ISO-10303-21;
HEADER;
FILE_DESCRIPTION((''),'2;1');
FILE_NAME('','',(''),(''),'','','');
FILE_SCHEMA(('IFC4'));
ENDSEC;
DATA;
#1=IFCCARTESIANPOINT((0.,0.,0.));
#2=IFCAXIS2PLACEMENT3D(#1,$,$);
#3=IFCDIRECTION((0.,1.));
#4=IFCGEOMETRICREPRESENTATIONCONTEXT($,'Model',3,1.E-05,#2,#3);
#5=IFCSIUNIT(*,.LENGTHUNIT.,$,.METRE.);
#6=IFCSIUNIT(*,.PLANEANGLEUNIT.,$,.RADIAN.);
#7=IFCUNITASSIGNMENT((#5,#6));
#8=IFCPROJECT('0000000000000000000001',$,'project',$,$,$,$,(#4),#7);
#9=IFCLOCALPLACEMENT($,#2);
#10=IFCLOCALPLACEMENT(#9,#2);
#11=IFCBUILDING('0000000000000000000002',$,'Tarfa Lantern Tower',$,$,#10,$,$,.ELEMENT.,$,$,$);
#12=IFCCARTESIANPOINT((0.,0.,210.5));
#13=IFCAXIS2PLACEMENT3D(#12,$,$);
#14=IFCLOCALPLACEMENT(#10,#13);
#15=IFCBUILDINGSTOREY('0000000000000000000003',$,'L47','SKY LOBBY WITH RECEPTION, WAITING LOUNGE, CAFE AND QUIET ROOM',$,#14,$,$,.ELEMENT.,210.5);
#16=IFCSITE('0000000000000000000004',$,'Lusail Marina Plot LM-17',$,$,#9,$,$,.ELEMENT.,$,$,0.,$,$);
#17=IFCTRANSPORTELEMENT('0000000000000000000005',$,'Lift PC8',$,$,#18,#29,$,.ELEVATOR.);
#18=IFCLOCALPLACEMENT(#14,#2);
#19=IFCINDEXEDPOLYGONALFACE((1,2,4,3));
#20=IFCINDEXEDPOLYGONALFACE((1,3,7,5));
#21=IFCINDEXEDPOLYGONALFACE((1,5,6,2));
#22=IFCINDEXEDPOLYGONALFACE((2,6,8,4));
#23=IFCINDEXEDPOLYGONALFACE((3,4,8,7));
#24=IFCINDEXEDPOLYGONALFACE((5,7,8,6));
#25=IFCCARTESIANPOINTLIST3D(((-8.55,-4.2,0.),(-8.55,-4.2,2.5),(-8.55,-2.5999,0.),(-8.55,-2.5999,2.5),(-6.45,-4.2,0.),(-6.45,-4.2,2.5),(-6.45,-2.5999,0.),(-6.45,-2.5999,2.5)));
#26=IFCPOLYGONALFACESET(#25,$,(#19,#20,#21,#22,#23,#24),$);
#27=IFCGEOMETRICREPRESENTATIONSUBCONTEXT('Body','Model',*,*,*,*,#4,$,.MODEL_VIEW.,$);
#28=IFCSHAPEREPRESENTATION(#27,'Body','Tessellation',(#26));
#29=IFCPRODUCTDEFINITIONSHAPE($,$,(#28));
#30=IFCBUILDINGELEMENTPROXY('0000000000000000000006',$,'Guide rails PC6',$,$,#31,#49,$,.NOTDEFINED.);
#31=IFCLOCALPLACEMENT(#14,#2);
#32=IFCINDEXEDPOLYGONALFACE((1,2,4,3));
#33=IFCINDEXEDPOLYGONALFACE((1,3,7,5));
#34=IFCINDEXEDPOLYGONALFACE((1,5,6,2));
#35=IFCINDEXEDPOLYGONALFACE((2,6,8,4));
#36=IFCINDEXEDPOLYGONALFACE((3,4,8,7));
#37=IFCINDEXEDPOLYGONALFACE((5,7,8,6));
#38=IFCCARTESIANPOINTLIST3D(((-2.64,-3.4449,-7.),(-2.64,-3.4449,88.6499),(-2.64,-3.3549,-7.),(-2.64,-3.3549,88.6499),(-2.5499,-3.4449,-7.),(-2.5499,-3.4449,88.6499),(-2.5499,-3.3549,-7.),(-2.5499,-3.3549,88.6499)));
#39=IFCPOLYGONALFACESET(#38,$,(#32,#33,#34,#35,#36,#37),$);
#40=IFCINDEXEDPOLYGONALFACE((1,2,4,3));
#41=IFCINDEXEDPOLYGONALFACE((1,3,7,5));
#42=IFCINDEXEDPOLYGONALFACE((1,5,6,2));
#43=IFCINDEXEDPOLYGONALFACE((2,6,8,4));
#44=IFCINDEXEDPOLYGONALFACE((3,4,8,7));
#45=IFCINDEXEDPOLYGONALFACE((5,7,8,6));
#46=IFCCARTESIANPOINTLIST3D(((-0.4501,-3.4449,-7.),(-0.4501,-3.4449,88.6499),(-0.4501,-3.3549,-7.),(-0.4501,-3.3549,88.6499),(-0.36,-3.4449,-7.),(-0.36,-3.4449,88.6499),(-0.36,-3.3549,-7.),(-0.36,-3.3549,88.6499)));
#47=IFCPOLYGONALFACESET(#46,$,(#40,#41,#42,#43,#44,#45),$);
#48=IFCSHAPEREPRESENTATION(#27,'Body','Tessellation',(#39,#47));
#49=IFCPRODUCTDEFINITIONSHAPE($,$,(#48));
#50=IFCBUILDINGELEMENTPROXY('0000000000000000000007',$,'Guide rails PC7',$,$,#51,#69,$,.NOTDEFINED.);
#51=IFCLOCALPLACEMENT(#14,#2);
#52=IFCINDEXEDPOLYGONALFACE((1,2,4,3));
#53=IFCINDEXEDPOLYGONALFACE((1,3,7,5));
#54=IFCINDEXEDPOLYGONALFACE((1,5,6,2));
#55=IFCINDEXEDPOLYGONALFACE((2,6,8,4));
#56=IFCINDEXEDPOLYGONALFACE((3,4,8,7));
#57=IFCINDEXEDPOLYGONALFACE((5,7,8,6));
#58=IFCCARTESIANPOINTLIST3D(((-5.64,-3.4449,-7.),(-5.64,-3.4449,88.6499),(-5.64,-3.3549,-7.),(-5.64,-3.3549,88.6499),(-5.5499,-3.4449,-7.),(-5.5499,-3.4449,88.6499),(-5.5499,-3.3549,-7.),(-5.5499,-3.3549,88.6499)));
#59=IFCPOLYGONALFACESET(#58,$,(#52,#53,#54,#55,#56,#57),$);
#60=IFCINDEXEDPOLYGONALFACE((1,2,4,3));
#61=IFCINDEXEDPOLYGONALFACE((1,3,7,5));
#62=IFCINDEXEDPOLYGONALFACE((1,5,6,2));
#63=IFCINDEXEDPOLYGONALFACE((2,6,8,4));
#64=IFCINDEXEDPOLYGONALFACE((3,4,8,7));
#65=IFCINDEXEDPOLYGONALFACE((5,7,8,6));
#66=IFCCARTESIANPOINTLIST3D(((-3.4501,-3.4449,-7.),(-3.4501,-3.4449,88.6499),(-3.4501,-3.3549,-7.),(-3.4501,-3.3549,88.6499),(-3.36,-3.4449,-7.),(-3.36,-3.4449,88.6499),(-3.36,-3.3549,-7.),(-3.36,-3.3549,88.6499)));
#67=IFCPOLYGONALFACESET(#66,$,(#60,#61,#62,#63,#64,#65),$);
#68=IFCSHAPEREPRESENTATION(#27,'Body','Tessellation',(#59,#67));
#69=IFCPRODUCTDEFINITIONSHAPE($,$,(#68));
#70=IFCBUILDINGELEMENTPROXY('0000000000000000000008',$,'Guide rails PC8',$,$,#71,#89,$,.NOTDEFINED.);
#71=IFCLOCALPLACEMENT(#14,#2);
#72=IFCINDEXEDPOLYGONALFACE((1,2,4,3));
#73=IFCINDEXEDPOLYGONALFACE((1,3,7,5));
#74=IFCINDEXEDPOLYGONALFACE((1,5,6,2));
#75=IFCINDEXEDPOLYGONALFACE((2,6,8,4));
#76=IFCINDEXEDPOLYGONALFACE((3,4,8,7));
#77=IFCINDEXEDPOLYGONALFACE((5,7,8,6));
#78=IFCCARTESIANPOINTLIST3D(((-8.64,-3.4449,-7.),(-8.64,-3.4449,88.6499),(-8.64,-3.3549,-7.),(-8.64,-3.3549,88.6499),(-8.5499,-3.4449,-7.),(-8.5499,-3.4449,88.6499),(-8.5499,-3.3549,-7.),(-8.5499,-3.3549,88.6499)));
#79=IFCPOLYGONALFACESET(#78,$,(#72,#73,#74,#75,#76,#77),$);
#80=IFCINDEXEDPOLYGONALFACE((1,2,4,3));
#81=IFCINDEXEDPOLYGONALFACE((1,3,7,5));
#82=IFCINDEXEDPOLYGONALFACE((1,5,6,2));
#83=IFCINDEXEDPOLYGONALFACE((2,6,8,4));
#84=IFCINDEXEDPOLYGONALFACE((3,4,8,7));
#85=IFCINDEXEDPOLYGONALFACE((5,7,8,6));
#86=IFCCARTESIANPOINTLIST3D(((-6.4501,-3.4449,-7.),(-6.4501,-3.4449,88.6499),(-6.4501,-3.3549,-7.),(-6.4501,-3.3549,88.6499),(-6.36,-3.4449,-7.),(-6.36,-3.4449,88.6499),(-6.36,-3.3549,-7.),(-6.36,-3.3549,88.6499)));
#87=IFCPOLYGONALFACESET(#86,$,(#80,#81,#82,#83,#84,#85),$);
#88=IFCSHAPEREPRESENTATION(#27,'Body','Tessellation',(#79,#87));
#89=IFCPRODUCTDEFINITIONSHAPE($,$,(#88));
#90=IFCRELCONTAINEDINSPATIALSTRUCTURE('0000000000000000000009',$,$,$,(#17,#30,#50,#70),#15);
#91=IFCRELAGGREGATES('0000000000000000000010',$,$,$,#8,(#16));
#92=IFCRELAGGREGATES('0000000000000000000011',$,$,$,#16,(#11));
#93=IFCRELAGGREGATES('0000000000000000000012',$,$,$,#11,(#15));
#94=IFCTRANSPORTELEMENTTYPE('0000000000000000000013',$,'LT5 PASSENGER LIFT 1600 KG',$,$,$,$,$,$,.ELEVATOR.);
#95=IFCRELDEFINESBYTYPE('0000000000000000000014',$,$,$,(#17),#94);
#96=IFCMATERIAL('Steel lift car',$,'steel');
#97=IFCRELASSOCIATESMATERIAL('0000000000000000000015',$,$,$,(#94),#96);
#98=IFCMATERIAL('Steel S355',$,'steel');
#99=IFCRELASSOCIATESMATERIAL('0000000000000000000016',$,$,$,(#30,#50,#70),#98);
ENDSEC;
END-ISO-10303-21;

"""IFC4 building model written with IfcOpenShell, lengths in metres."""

from ifc_helpers import new_model, si_unit, direction, frame, frame_2d, origin, origin_2d, place, context, subcontext, project, spatial, rectangle, extrude, material, type_object, element, save


model = new_model("IFC4")

# Units and contexts
model_context = context("Model", 3, precision=1e-05, world=origin(), true_north=direction((0.0, 1.0)))
body_context = subcontext(model_context, "Body", "Model", "MODEL_VIEW")
ifc_project = project(units=[si_unit("LENGTHUNIT", "METRE"), si_unit("PLANEANGLEUNIT", "RADIAN")], contexts=[model_context])

# Site, building, storey
site_placement = place(None, origin())
site = spatial("IfcSite", under=ifc_project, at=site_placement, Name="Lusail Marina Plot LM-17", CompositionType="ELEMENT", RefElevation=0.0)
building_placement = place(site_placement, origin())
building = spatial("IfcBuilding", under=site, at=building_placement, Name="Tarfa Lantern Tower", CompositionType="ELEMENT")
storey_placement = place(building_placement, frame((0.0, 0.0, 210.5)))
storey = spatial("IfcBuildingStorey", under=building, at=storey_placement, Name="L47", Description="SKY LOBBY WITH RECEPTION, WAITING LOUNGE, CAFE AND QUIET ROOM", CompositionType="ELEMENT", Elevation=210.5)

# Transport element
ifc_material_1 = material(Name="Steel lift car", Category="steel")
transport_element_type = type_object("IfcTransportElementType", Name="LT5 PASSENGER LIFT 1600 KG", PredefinedType="ELEVATOR", material=ifc_material_1)
for number, where, z_axis, x_axis, name in (
    (1, (-7.5, -3.3999, 0.0), (0.0, 0.0, 1.0), (1.0, 0.0, 0.0), "Lift PC8"),
):
    element("IfcTransportElement", number, at=place(storey_placement, frame(where, z_axis=z_axis, x_axis=x_axis)), inside=storey, type_object=transport_element_type, Name=name, PredefinedType="ELEVATOR", context=body_context, shape_type="SweptSolid", body=[
        extrude(rectangle(XDim=2.1001, YDim=1.6001, at=origin_2d()), origin(), (0.0, 0.0, 1.0), 2.5),
    ])

# Building element proxies
ifc_material_2 = material(Name="Steel S355", Category="steel")
for number, where, z_axis, x_axis, name in (
    (2, (-2.595, -3.3999, -7.0), (0.0, 0.0, 1.0), (1.0, 0.0, 0.0), "Guide rails PC6"),
    (3, (-5.595, -3.3999, -7.0), (0.0, 0.0, 1.0), (1.0, 0.0, 0.0), "Guide rails PC7"),
    (4, (-8.595, -3.3999, -7.0), (0.0, 0.0, 1.0), (1.0, 0.0, 0.0), "Guide rails PC8"),
):
    element("IfcBuildingElementProxy", number, at=place(storey_placement, frame(where, z_axis=z_axis, x_axis=x_axis)), inside=storey, material=ifc_material_2, Name=name, PredefinedType="NOTDEFINED", context=body_context, shape_type="SweptSolid", body=[
        extrude(rectangle(XDim=0.0901, YDim=0.0901, at=origin_2d()), origin(), (0.0, 0.0, 1.0), 95.6499),
        extrude(rectangle(XDim=0.0901, YDim=0.0901, at=frame_2d((2.1899, 0.0))), origin(), (0.0, 0.0, 1.0), 95.6499),
    ])

save(model, "model.ifc")
